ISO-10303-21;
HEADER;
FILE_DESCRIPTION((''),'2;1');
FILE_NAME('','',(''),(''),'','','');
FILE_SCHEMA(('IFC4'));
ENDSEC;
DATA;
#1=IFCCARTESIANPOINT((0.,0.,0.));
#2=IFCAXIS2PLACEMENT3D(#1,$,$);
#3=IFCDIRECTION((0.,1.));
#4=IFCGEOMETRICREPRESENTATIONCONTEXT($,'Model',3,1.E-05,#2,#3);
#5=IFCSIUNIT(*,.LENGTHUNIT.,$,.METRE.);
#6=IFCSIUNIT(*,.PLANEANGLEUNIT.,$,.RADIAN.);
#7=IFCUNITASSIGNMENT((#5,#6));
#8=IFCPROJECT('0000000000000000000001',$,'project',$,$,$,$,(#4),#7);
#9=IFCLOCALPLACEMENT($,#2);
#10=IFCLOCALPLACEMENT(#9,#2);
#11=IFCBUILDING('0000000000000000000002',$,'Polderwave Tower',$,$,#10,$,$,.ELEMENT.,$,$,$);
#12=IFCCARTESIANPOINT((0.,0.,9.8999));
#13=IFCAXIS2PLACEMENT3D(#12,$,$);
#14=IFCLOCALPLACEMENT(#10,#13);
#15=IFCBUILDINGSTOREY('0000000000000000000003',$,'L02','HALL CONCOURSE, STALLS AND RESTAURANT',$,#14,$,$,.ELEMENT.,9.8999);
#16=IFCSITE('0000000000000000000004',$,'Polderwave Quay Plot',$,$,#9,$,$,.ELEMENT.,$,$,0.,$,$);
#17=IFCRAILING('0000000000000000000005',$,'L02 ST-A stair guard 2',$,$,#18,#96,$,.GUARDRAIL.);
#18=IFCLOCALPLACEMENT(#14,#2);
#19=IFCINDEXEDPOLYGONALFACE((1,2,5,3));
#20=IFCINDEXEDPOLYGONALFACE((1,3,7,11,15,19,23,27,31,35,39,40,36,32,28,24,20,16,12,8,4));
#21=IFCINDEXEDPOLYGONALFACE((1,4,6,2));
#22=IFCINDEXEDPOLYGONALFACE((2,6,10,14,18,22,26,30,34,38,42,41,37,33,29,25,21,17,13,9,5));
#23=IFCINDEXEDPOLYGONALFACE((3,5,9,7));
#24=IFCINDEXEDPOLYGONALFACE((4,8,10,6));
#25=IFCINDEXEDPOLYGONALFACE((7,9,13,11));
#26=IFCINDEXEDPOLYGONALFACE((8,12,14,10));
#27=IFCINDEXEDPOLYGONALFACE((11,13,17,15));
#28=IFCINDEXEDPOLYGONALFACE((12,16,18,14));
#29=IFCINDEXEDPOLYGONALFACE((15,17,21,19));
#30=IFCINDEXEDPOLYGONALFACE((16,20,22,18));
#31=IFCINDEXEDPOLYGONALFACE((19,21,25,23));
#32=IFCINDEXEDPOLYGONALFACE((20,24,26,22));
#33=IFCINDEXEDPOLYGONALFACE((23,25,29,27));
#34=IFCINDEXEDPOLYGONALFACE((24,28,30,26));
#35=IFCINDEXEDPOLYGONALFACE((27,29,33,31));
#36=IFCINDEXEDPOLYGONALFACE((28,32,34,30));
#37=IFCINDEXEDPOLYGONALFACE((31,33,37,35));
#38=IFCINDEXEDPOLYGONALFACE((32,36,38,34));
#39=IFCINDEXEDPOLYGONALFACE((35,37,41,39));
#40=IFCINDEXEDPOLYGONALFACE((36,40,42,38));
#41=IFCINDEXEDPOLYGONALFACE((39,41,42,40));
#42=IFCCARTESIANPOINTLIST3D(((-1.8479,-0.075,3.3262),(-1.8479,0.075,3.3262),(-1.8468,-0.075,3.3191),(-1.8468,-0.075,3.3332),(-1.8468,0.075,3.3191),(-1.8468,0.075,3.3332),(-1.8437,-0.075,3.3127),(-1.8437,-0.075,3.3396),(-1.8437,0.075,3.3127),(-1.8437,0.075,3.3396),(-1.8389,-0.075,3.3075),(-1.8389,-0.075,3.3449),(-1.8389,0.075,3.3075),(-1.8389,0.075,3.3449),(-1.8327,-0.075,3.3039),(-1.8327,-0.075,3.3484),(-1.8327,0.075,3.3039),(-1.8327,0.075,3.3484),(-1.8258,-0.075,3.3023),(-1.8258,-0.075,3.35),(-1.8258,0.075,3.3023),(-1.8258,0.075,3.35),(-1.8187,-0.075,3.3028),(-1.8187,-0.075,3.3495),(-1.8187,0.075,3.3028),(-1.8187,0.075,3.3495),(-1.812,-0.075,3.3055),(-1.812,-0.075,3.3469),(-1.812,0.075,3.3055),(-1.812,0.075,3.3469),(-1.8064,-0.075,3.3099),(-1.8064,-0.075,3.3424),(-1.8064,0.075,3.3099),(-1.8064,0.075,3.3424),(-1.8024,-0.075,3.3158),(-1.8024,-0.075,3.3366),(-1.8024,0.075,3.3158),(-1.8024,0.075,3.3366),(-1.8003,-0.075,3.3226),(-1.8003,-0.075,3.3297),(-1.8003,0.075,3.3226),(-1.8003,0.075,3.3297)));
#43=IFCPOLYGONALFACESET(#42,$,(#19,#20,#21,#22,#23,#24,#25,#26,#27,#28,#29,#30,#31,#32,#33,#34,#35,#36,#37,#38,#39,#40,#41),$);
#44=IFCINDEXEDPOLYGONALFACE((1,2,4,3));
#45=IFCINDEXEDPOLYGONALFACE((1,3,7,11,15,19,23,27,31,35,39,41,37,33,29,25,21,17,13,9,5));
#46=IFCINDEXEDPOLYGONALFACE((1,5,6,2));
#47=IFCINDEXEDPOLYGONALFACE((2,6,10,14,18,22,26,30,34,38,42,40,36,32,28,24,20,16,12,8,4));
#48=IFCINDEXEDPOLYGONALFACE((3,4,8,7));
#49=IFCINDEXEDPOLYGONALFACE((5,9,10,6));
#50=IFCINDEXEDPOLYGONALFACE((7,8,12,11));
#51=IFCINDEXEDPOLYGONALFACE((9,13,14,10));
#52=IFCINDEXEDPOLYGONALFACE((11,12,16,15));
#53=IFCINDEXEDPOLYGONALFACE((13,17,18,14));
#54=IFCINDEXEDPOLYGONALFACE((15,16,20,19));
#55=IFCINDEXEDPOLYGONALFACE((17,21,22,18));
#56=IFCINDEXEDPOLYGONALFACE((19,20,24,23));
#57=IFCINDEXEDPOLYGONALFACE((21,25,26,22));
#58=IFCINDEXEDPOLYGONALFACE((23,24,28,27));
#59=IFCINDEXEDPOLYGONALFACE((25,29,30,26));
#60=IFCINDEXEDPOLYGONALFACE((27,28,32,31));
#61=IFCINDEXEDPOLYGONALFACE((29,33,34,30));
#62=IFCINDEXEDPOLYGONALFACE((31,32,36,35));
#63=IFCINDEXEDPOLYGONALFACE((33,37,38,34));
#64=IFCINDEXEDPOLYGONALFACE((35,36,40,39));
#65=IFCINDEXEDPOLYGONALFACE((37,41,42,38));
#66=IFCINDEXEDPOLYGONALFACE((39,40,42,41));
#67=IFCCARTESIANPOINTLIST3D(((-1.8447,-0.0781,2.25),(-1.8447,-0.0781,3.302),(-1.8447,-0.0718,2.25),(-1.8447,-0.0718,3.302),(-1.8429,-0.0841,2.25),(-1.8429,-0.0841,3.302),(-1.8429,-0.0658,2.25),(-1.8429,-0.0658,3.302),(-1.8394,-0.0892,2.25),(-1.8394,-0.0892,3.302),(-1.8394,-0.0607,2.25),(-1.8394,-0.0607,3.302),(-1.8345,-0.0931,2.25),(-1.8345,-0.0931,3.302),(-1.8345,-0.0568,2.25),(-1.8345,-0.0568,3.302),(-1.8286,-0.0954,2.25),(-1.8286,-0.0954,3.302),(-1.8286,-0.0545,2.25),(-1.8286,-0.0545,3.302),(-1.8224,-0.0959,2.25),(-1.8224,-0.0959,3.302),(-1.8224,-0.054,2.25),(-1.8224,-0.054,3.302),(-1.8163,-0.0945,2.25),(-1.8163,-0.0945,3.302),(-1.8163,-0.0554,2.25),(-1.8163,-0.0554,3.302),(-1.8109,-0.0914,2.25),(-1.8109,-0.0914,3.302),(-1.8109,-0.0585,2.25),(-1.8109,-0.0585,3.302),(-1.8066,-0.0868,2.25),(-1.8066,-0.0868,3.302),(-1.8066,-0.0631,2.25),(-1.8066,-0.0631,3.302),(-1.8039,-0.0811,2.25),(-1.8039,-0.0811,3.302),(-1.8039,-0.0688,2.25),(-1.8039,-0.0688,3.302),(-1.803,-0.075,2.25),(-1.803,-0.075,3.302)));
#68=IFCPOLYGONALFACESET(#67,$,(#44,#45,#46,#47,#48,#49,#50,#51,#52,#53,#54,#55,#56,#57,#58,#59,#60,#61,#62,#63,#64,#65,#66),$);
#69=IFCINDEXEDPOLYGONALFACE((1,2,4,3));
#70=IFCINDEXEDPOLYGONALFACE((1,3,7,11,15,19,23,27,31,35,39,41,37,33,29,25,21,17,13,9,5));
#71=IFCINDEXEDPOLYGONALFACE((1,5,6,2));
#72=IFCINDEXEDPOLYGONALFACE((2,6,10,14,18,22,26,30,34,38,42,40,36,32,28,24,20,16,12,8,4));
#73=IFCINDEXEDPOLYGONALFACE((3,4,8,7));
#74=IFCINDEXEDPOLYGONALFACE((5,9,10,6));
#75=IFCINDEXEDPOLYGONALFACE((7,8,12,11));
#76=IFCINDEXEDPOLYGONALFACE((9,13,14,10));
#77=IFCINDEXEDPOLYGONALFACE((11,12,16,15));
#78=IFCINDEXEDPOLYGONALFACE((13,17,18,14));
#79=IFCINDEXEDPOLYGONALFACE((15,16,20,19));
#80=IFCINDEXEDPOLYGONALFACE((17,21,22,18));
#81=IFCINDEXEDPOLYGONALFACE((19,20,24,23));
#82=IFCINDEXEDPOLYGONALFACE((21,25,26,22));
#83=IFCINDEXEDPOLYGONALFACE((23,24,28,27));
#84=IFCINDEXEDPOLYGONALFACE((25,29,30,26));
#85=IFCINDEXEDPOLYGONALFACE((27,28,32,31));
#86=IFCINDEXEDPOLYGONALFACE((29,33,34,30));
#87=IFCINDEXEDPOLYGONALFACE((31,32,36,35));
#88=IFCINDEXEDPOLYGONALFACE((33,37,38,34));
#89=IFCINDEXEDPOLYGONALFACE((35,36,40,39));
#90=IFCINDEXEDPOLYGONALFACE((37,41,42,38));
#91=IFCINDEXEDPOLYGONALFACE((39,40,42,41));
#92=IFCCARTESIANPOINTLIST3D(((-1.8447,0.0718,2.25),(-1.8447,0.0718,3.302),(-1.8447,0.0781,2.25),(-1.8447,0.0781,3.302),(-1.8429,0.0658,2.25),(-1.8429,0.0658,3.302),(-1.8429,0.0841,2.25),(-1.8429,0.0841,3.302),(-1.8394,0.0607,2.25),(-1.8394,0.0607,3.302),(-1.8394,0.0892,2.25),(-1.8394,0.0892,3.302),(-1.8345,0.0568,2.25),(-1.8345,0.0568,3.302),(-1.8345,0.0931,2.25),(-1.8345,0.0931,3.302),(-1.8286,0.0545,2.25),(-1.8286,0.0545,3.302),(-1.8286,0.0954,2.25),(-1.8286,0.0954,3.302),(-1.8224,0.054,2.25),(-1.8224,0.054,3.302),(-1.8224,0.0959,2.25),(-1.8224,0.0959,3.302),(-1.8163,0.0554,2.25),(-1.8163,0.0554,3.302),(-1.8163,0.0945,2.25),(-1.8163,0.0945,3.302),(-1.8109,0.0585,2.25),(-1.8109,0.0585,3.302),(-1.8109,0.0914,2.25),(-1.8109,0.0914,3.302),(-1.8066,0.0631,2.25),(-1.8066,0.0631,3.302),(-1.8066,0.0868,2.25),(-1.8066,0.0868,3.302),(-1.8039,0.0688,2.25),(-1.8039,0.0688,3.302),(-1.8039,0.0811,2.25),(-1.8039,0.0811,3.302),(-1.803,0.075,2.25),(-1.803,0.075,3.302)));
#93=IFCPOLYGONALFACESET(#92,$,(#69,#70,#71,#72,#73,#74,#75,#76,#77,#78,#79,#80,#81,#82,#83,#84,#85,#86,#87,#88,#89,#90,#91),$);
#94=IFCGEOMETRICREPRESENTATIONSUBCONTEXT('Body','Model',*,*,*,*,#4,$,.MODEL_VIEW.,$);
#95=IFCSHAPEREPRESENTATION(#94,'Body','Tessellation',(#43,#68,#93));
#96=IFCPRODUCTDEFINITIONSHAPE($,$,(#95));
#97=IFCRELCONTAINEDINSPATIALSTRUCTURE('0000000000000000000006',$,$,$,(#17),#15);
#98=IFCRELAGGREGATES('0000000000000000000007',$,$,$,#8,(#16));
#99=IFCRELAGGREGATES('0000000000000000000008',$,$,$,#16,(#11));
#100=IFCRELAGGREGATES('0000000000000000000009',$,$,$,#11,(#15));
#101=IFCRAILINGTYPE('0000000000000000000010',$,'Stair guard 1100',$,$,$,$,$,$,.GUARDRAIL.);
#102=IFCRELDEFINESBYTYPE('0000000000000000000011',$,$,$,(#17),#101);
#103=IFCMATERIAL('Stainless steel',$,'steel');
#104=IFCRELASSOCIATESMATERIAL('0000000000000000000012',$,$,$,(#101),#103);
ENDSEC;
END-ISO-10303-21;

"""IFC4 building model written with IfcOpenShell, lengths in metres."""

from ifc_helpers import new_model, si_unit, direction, frame, origin, origin_2d, place, context, subcontext, project, spatial, circle, extrude, material, type_object, element, save


model = new_model("IFC4")

# Units and contexts
model_context = context("Model", 3, precision=1e-05, world=origin(), true_north=direction((0.0, 1.0)))
body_context = subcontext(model_context, "Body", "Model", "MODEL_VIEW")
ifc_project = project(units=[si_unit("LENGTHUNIT", "METRE"), si_unit("PLANEANGLEUNIT", "RADIAN")], contexts=[model_context])

# Site, building, storey
site_placement = place(None, origin())
site = spatial("IfcSite", under=ifc_project, at=site_placement, Name="Polderwave Quay Plot", CompositionType="ELEMENT", RefElevation=0.0)
building_placement = place(site_placement, origin())
building = spatial("IfcBuilding", under=site, at=building_placement, Name="Polderwave Tower", CompositionType="ELEMENT")
storey_placement = place(building_placement, frame((0.0, 0.0, 9.8999)))
storey = spatial("IfcBuildingStorey", under=building, at=storey_placement, Name="L02", Description="HALL CONCOURSE, STALLS AND RESTAURANT", CompositionType="ELEMENT", Elevation=9.8999)

# Railing
ifc_material_1 = material(Name="Stainless steel", Category="steel")
railing_type = type_object("IfcRailingType", Name="Stair guard 1100", PredefinedType="GUARDRAIL", material=ifc_material_1)
railing_1_placement = place(storey_placement, frame((-1.824, -0.075, 2.25)))
element("IfcRailing", 1, at=railing_1_placement, inside=storey, type_object=railing_type, Name="L02 ST-A stair guard 2", PredefinedType="GUARDRAIL", context=body_context, shape_type="SweptSolid", body=[
    extrude(circle(Radius=0.0239, at=origin_2d()), frame((0.0, 0.0, 1.0762), z_axis=(0.0, 1.0, 0.0), x_axis=(-1.0, 0.0, 0.0)), (0.0, 0.0, 1.0), 0.1499),
    extrude(circle(Radius=0.021, at=origin_2d()), origin(), (0.0, 0.0, 1.0), 1.052),
    extrude(circle(Radius=0.021, at=origin_2d()), frame((0.0, 0.1499, 0.0)), (0.0, 0.0, 1.0), 1.052),
])

save(model, "model.ifc")
